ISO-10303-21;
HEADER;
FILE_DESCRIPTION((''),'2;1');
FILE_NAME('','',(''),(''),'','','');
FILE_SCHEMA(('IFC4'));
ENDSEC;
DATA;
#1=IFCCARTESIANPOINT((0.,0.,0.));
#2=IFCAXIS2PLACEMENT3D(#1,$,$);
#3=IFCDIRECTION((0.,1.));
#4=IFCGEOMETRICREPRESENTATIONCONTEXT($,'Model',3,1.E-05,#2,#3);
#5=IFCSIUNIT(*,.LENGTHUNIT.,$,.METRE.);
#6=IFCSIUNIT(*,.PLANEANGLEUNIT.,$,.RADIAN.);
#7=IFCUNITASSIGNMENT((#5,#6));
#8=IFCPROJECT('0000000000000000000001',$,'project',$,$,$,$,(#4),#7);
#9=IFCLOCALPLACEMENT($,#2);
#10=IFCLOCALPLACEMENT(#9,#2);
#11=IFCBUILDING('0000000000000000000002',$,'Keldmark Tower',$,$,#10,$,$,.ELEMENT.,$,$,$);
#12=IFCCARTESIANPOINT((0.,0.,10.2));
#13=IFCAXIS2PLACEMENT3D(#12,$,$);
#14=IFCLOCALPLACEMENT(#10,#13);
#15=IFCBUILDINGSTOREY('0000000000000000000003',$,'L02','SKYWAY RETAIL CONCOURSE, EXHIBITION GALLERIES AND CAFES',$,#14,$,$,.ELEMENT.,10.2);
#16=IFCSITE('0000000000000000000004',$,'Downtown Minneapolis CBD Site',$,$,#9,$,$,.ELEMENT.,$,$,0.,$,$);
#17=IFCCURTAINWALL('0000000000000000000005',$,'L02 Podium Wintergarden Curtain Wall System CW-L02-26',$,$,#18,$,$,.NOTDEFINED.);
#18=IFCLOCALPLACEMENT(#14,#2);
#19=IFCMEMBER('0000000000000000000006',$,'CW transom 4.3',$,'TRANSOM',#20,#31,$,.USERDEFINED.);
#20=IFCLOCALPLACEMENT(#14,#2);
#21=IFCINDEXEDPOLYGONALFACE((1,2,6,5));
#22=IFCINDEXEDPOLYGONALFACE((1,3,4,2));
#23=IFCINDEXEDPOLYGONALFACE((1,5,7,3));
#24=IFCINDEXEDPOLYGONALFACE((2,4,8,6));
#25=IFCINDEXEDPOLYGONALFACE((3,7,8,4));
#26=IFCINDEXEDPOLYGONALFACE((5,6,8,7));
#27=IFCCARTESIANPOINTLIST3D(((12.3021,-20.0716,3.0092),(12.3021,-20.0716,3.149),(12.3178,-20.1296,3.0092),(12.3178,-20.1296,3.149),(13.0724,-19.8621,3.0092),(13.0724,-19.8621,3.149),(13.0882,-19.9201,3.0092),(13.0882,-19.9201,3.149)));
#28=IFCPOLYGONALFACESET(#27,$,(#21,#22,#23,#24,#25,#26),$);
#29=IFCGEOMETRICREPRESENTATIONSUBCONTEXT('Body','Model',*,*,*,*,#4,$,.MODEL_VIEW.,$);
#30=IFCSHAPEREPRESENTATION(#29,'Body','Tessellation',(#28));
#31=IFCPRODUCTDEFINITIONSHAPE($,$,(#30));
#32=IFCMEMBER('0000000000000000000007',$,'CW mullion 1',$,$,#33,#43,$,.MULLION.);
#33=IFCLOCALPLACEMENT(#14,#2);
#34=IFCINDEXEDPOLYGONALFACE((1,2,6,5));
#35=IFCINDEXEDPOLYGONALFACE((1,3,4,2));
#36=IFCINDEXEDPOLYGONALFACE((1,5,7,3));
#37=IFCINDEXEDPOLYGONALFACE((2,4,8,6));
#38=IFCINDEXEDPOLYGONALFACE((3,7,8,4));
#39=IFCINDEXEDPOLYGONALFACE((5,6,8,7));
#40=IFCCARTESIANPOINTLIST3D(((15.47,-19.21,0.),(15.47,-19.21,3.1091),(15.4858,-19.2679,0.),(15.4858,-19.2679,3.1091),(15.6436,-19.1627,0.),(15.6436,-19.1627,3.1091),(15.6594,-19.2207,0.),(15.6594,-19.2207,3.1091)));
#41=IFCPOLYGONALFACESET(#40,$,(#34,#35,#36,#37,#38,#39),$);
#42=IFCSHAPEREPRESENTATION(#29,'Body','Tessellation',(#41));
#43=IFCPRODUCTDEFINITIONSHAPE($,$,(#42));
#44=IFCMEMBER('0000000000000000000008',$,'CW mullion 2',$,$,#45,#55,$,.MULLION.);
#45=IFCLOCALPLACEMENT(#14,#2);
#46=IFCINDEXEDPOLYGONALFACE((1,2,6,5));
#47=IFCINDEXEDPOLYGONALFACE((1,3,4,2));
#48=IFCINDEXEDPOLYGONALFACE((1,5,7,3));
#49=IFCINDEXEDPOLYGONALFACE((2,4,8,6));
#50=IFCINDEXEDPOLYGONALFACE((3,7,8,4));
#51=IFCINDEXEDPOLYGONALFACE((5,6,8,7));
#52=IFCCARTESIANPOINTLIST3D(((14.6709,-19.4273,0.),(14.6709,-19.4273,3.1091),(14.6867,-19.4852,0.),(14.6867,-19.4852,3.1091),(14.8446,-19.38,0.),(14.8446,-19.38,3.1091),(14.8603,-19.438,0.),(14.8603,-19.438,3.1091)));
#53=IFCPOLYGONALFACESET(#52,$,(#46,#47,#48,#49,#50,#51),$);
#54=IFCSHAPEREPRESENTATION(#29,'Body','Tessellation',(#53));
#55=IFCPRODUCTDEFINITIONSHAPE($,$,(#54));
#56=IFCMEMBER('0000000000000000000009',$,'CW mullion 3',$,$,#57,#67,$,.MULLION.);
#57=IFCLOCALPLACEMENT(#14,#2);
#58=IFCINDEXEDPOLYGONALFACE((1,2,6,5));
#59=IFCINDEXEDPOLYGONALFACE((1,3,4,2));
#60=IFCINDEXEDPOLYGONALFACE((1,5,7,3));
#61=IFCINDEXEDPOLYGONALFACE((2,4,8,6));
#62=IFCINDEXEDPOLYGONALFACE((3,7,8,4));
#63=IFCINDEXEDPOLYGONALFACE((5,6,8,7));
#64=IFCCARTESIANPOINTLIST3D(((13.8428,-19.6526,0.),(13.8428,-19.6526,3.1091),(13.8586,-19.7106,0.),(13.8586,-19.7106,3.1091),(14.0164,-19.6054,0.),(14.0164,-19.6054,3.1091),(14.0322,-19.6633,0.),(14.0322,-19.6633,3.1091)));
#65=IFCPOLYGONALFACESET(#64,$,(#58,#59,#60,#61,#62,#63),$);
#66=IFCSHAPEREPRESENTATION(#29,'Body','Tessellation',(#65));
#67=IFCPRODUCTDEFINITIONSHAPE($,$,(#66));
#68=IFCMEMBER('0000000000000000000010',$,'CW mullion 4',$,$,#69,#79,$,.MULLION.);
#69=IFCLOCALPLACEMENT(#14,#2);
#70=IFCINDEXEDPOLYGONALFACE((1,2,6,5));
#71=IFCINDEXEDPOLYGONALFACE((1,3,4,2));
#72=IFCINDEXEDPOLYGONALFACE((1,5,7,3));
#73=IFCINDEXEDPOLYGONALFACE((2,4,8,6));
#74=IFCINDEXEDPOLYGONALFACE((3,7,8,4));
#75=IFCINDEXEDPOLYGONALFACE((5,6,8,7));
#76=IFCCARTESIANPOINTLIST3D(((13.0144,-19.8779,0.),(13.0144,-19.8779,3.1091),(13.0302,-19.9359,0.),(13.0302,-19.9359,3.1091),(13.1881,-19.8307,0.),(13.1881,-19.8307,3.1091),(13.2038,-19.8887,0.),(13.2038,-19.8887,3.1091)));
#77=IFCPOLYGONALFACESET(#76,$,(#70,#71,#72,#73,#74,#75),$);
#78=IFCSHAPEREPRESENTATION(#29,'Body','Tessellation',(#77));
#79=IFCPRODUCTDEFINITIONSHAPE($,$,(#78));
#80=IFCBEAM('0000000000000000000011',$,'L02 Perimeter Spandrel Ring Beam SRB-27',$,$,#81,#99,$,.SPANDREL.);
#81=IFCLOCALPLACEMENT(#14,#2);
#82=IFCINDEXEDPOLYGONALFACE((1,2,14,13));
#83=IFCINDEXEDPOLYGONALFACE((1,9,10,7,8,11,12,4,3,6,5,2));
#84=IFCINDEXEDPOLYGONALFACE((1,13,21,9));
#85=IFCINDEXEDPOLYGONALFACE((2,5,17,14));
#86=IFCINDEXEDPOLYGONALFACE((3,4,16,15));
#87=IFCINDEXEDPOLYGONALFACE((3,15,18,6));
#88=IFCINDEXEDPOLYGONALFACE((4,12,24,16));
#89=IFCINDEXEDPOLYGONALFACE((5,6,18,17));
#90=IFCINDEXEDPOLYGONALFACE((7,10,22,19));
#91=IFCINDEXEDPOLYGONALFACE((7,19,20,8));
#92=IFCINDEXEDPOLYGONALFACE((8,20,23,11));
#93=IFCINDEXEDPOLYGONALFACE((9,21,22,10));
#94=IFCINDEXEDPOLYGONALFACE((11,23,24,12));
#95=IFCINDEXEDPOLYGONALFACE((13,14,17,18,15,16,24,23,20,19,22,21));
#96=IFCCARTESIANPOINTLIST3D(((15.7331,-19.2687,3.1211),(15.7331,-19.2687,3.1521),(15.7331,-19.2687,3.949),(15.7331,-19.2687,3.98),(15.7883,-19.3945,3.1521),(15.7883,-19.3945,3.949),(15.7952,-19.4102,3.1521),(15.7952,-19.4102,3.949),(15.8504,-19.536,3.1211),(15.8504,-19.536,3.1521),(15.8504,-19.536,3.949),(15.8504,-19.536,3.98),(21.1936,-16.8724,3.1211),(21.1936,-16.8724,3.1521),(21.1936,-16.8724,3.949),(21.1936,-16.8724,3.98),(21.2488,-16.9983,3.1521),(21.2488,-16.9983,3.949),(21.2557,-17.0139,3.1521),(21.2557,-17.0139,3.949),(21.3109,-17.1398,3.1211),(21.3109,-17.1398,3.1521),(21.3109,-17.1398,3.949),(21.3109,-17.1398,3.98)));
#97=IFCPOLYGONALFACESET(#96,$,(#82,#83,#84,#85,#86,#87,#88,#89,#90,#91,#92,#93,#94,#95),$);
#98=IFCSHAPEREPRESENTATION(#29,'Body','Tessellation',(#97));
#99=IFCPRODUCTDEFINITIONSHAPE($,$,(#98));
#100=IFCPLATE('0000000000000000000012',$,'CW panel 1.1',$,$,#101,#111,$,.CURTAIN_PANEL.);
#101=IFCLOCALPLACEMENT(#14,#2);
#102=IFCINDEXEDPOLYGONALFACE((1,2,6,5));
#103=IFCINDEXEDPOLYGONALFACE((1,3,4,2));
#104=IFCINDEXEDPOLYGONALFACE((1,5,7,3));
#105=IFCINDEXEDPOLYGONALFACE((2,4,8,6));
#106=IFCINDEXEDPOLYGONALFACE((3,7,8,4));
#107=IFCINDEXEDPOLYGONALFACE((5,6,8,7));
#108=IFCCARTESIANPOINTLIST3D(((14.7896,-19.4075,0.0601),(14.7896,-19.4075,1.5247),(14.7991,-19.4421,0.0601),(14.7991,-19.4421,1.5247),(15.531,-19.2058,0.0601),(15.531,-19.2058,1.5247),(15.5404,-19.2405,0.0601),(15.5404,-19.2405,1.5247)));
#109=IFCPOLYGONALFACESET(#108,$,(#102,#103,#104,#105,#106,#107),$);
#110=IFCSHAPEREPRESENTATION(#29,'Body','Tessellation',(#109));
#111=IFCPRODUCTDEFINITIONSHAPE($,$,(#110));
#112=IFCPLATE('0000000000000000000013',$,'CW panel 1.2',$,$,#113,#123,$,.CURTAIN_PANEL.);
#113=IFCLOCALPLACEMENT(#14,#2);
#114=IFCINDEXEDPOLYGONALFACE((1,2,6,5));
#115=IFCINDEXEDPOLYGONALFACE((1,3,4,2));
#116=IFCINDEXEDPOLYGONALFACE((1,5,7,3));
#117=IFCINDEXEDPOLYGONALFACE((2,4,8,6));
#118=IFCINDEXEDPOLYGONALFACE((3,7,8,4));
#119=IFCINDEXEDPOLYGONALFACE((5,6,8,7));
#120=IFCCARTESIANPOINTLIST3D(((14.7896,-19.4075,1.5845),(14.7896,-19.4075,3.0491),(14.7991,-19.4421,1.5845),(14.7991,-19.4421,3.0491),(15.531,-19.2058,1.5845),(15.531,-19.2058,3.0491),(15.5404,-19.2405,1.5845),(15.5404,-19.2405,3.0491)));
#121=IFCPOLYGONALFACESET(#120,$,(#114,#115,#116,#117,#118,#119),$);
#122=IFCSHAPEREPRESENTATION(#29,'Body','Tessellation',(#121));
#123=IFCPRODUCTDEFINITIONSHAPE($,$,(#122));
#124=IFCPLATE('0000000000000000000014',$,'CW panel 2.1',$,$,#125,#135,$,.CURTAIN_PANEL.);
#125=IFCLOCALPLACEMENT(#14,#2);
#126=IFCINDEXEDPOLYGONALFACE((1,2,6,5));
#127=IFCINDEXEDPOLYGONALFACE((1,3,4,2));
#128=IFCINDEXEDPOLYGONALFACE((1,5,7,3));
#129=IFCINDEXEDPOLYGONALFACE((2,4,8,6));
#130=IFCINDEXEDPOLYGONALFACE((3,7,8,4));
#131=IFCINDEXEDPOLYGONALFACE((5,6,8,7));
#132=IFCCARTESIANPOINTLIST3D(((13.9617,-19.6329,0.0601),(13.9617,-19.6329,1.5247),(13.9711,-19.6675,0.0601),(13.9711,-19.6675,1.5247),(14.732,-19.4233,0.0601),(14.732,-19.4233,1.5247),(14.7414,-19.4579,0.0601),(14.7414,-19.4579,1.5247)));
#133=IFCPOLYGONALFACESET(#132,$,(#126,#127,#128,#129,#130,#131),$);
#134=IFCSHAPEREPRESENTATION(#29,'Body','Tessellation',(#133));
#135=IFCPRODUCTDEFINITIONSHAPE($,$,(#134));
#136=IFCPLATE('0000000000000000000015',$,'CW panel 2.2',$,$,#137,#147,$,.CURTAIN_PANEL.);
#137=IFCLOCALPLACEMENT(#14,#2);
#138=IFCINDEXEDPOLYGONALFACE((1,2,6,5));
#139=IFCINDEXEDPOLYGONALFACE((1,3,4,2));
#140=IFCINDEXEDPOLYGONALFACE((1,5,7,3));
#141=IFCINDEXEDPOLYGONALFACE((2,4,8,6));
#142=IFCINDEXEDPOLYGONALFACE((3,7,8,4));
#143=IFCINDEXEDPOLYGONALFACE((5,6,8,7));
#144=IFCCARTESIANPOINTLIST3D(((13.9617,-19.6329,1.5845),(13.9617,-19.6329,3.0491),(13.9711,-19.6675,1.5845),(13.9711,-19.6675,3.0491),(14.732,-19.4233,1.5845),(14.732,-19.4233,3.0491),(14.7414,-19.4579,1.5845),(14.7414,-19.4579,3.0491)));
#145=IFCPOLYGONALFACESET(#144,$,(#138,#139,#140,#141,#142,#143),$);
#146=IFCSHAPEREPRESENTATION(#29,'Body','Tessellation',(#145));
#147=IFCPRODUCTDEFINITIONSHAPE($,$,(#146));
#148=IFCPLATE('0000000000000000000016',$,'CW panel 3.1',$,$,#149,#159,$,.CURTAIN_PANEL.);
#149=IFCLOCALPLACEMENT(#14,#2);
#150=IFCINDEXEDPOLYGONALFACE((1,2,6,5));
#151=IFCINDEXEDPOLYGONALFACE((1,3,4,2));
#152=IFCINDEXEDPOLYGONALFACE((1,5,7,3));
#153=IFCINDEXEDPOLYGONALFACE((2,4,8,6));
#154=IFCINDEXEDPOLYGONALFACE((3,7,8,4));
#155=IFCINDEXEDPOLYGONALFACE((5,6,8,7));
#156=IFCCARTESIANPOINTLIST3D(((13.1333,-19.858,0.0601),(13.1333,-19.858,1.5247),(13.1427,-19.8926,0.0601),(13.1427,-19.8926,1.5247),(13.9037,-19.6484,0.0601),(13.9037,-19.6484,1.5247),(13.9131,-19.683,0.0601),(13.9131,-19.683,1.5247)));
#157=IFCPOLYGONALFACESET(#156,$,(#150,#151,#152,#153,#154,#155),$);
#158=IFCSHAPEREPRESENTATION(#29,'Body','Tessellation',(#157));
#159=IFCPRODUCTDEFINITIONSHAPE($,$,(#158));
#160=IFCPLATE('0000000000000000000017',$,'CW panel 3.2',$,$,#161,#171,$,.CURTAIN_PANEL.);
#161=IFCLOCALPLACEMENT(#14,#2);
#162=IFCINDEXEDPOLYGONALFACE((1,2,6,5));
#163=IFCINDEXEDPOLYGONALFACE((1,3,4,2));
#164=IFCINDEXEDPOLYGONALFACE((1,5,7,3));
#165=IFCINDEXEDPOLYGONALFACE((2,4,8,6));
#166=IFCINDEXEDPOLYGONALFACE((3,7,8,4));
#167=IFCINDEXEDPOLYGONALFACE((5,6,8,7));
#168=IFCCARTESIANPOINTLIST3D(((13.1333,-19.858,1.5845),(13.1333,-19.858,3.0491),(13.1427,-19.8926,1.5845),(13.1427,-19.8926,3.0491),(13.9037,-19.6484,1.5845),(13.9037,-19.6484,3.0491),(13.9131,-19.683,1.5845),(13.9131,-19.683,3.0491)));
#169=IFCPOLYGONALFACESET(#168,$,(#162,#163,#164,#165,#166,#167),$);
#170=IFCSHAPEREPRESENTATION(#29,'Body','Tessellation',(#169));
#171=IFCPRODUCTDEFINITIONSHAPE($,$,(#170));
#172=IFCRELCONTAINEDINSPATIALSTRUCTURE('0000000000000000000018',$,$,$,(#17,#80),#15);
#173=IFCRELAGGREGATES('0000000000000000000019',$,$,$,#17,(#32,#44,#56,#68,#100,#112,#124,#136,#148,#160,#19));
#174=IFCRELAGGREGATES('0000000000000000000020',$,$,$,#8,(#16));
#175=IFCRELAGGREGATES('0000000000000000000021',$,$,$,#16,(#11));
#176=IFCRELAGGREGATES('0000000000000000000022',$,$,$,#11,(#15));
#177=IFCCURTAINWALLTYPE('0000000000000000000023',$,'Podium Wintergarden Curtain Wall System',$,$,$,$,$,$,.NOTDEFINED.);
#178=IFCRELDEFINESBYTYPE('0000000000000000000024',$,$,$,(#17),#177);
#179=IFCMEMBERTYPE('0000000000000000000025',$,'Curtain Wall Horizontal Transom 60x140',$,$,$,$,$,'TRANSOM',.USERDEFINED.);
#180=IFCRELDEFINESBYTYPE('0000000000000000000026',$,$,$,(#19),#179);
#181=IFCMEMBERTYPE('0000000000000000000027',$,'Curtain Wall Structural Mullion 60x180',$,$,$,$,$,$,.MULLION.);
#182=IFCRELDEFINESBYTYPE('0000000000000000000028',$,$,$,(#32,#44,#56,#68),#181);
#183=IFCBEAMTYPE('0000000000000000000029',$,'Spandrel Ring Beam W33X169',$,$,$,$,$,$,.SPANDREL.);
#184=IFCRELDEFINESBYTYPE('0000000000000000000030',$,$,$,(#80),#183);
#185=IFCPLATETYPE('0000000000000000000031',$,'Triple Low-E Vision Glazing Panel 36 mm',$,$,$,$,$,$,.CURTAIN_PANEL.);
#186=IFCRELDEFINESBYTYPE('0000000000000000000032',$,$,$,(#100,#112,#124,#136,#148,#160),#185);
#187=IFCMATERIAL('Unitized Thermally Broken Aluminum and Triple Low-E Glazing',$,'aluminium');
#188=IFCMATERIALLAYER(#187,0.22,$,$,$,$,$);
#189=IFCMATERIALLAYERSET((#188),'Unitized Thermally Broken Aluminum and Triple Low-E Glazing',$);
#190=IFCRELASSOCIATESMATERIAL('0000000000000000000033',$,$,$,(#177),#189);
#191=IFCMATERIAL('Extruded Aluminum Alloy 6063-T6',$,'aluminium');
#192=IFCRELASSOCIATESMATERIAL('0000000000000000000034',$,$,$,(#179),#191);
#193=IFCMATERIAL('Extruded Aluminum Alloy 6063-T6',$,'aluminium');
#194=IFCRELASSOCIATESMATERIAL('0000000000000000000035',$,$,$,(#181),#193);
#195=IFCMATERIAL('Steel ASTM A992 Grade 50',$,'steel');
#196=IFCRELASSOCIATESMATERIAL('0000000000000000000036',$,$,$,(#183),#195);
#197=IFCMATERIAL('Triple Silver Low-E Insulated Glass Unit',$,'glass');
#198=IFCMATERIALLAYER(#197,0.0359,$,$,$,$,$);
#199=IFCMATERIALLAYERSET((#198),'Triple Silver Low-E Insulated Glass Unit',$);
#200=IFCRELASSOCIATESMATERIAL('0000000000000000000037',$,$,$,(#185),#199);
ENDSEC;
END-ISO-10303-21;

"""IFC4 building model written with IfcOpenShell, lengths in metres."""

from ifc_helpers import new_model, si_unit, direction, frame, origin, origin_2d, place, context, subcontext, project, spatial, rectangle, i_section, extrude, material, layer, layer_set, material_profile, profile_set, type_object, element, aggregate, save


model = new_model("IFC4")

# Units and contexts
model_context = context("Model", 3, precision=1e-05, world=origin(), true_north=direction((0.0, 1.0)))
body_context = subcontext(model_context, "Body", "Model", "MODEL_VIEW")
ifc_project = project(units=[si_unit("LENGTHUNIT", "METRE"), si_unit("PLANEANGLEUNIT", "RADIAN")], contexts=[model_context])

# Site, building, storey
site_placement = place(None, origin())
site = spatial("IfcSite", under=ifc_project, at=site_placement, Name="Downtown Minneapolis CBD Site", CompositionType="ELEMENT", RefElevation=0.0)
building_placement = place(site_placement, origin())
building = spatial("IfcBuilding", under=site, at=building_placement, Name="Keldmark Tower", CompositionType="ELEMENT")
storey_placement = place(building_placement, frame((0.0, 0.0, 10.2)))
storey = spatial("IfcBuildingStorey", under=building, at=storey_placement, Name="L02", Description="SKYWAY RETAIL CONCOURSE, EXHIBITION GALLERIES AND CAFES", CompositionType="ELEMENT", Elevation=10.2)

# Curtain wall, members
ifc_material_1 = material(Name="Unitized Thermally Broken Aluminum and Triple Low-E Glazing", Category="aluminium")
ifc_layer_1 = layer(ifc_material_1, 0.22)
ifc_layer_set_1 = layer_set([ifc_layer_1], Name="Unitized Thermally Broken Aluminum and Triple Low-E Glazing")
curtain_wall_type = type_object("IfcCurtainWallType", Name="Podium Wintergarden Curtain Wall System", PredefinedType="NOTDEFINED", material=ifc_layer_set_1)
curtain_wall_placement = place(storey_placement, origin())
curtain_wall = element("IfcCurtainWall", 1, at=curtain_wall_placement, inside=storey, type_object=curtain_wall_type, Name="L02 Podium Wintergarden Curtain Wall System CW-L02-26", PredefinedType="NOTDEFINED")
ifc_material_2 = material(Name="Extruded Aluminum Alloy 6063-T6", Category="aluminium")
ifc_material_profile_1 = material_profile(ifc_material_2, rectangle(XDim=0.0601, YDim=0.1399, at=origin_2d()), Name="CWT60X140")
ifc_profile_set_1 = profile_set([ifc_material_profile_1], Name="Extruded Aluminum Alloy 6063-T6")
member_type_1 = type_object("IfcMemberType", Name="Curtain Wall Horizontal Transom 60x140", ElementType="TRANSOM", PredefinedType="USERDEFINED", material=ifc_profile_set_1)
member_1_placement = place(storey_placement, frame((13.0803, -19.8911, 3.0791), z_axis=(-0.964954, -0.262419, 0.0), x_axis=(0.262419, -0.964954, 0.0)))
member_1 = element("IfcMember", 2, at=member_1_placement, type_object=member_type_1, Name="CW transom 4.3", ObjectType="TRANSOM", PredefinedType="USERDEFINED", context=body_context, shape_type="SweptSolid", body=[
    extrude(rectangle(XDim=0.0601, YDim=0.1399, at=origin_2d()), origin(), (0.0, 0.0, 1.0), 0.7983),
])
ifc_material_3 = material(Name="Extruded Aluminum Alloy 6063-T6", Category="aluminium")
ifc_material_profile_2 = material_profile(ifc_material_3, rectangle(XDim=0.0601, YDim=0.1799, at=origin_2d()), Name="CWM60X180")
ifc_profile_set_2 = profile_set([ifc_material_profile_2], Name="Extruded Aluminum Alloy 6063-T6")
member_type_2 = type_object("IfcMemberType", Name="Curtain Wall Structural Mullion 60x180", PredefinedType="MULLION", material=ifc_profile_set_2)
member_2_placement = place(storey_placement, frame((15.5647, -19.2153, 0.0), z_axis=(0.0, 0.0, 1.0), x_axis=(0.262493, -0.964934, 0.0)))
member_2 = element("IfcMember", 3, at=member_2_placement, type_object=member_type_2, Name="CW mullion 1", PredefinedType="MULLION", context=body_context, shape_type="SweptSolid", body=[
    extrude(rectangle(XDim=0.0601, YDim=0.1799, at=origin_2d()), origin(), (0.0, 0.0, 1.0), 3.1091),
])
member_3_placement = place(storey_placement, frame((14.7656, -19.4326, 0.0), z_axis=(0.0, 0.0, 1.0), x_axis=(0.262493, -0.964934, 0.0)))
member_3 = element("IfcMember", 4, at=member_3_placement, type_object=member_type_2, Name="CW mullion 2", PredefinedType="MULLION", context=body_context, shape_type="SweptSolid", body=[
    extrude(rectangle(XDim=0.0601, YDim=0.1799, at=origin_2d()), origin(), (0.0, 0.0, 1.0), 3.1091),
])
member_4_placement = place(storey_placement, frame((13.9375, -19.658, 0.0), z_axis=(0.0, 0.0, 1.0), x_axis=(0.262493, -0.964934, 0.0)))
member_4 = element("IfcMember", 5, at=member_4_placement, type_object=member_type_2, Name="CW mullion 3", PredefinedType="MULLION", context=body_context, shape_type="SweptSolid", body=[
    extrude(rectangle(XDim=0.0601, YDim=0.1799, at=origin_2d()), origin(), (0.0, 0.0, 1.0), 3.1091),
])
member_5_placement = place(storey_placement, frame((13.1091, -19.8833, 0.0), z_axis=(0.0, 0.0, 1.0), x_axis=(0.262493, -0.964934, 0.0)))
member_5 = element("IfcMember", 6, at=member_5_placement, type_object=member_type_2, Name="CW mullion 4", PredefinedType="MULLION", context=body_context, shape_type="SweptSolid", body=[
    extrude(rectangle(XDim=0.0601, YDim=0.1799, at=origin_2d()), origin(), (0.0, 0.0, 1.0), 3.1091),
])

# Beam
ifc_material_4 = material(Name="Steel ASTM A992 Grade 50", Category="steel")
ifc_material_profile_3 = material_profile(ifc_material_4, i_section(OverallWidth=0.292, OverallDepth=0.8589, WebThickness=0.0171, FlangeThickness=0.031, at=origin_2d()), Name="W33X169")
ifc_profile_set_3 = profile_set([ifc_material_profile_3], Name="Steel ASTM A992 Grade 50")
beam_type_1 = type_object("IfcBeamType", Name="Spandrel Ring Beam W33X169", PredefinedType="SPANDREL", material=ifc_profile_set_3)
beam_1_placement = place(storey_placement, frame((15.7917, -19.4023, 3.5505), z_axis=(0.915708, 0.401845, 0.0), x_axis=(-0.401845, 0.915708, 0.0)))
element("IfcBeam", 7, at=beam_1_placement, inside=storey, type_object=beam_type_1, Name="L02 Perimeter Spandrel Ring Beam SRB-27", PredefinedType="SPANDREL", context=body_context, shape_type="SweptSolid", body=[
    extrude(i_section(OverallWidth=0.292, OverallDepth=0.8589, WebThickness=0.0171, FlangeThickness=0.031, at=origin_2d()), origin(), (0.0, 0.0, 1.0), 5.9631),
])

# Plates
ifc_material_5 = material(Name="Triple Silver Low-E Insulated Glass Unit", Category="glass")
ifc_layer_2 = layer(ifc_material_5, 0.0359)
ifc_layer_set_2 = layer_set([ifc_layer_2], Name="Triple Silver Low-E Insulated Glass Unit")
plate_type = type_object("IfcPlateType", Name="Triple Low-E Vision Glazing Panel 36 mm", PredefinedType="CURTAIN_PANEL", material=ifc_layer_set_2)
plate_1_placement = place(storey_placement, frame((15.165, -19.324, 0.0601), z_axis=(0.0, 0.0, 1.0), x_axis=(-0.964934, -0.262493, 0.0)))
plate_1 = element("IfcPlate", 8, at=plate_1_placement, type_object=plate_type, Name="CW panel 1.1", PredefinedType="CURTAIN_PANEL", context=body_context, shape_type="SweptSolid", body=[
    extrude(rectangle(XDim=0.7683, YDim=0.0359, at=origin_2d()), origin(), (0.0, 0.0, 1.0), 1.4646),
])
plate_2_placement = place(storey_placement, frame((15.165, -19.324, 1.5845), z_axis=(0.0, 0.0, 1.0), x_axis=(-0.964934, -0.262493, 0.0)))
plate_2 = element("IfcPlate", 9, at=plate_2_placement, type_object=plate_type, Name="CW panel 1.2", PredefinedType="CURTAIN_PANEL", context=body_context, shape_type="SweptSolid", body=[
    extrude(rectangle(XDim=0.7683, YDim=0.0359, at=origin_2d()), origin(), (0.0, 0.0, 1.0), 1.4646),
])
plate_3_placement = place(storey_placement, frame((14.3516, -19.5454, 0.0601), z_axis=(0.0, 0.0, 1.0), x_axis=(-0.964934, -0.262493, 0.0)))
plate_3 = element("IfcPlate", 10, at=plate_3_placement, type_object=plate_type, Name="CW panel 2.1", PredefinedType="CURTAIN_PANEL", context=body_context, shape_type="SweptSolid", body=[
    extrude(rectangle(XDim=0.7983, YDim=0.0359, at=origin_2d()), origin(), (0.0, 0.0, 1.0), 1.4646),
])
plate_4_placement = place(storey_placement, frame((14.3516, -19.5454, 1.5845), z_axis=(0.0, 0.0, 1.0), x_axis=(-0.964934, -0.262493, 0.0)))
plate_4 = element("IfcPlate", 11, at=plate_4_placement, type_object=plate_type, Name="CW panel 2.2", PredefinedType="CURTAIN_PANEL", context=body_context, shape_type="SweptSolid", body=[
    extrude(rectangle(XDim=0.7983, YDim=0.0359, at=origin_2d()), origin(), (0.0, 0.0, 1.0), 1.4646),
])
plate_5_placement = place(storey_placement, frame((13.5232, -19.7705, 0.0601), z_axis=(0.0, 0.0, 1.0), x_axis=(-0.964934, -0.262493, 0.0)))
plate_5 = element("IfcPlate", 12, at=plate_5_placement, type_object=plate_type, Name="CW panel 3.1", PredefinedType="CURTAIN_PANEL", context=body_context, shape_type="SweptSolid", body=[
    extrude(rectangle(XDim=0.7983, YDim=0.0359, at=origin_2d()), origin(), (0.0, 0.0, 1.0), 1.4646),
])
plate_6_placement = place(storey_placement, frame((13.5232, -19.7705, 1.5845), z_axis=(0.0, 0.0, 1.0), x_axis=(-0.964934, -0.262493, 0.0)))
plate_6 = element("IfcPlate", 13, at=plate_6_placement, type_object=plate_type, Name="CW panel 3.2", PredefinedType="CURTAIN_PANEL", context=body_context, shape_type="SweptSolid", body=[
    extrude(rectangle(XDim=0.7983, YDim=0.0359, at=origin_2d()), origin(), (0.0, 0.0, 1.0), 1.4646),
])
aggregate(curtain_wall, [member_2, member_3, member_4, member_5, plate_1, plate_2, plate_3, plate_4, plate_5, plate_6, member_1])

save(model, "model.ifc")
